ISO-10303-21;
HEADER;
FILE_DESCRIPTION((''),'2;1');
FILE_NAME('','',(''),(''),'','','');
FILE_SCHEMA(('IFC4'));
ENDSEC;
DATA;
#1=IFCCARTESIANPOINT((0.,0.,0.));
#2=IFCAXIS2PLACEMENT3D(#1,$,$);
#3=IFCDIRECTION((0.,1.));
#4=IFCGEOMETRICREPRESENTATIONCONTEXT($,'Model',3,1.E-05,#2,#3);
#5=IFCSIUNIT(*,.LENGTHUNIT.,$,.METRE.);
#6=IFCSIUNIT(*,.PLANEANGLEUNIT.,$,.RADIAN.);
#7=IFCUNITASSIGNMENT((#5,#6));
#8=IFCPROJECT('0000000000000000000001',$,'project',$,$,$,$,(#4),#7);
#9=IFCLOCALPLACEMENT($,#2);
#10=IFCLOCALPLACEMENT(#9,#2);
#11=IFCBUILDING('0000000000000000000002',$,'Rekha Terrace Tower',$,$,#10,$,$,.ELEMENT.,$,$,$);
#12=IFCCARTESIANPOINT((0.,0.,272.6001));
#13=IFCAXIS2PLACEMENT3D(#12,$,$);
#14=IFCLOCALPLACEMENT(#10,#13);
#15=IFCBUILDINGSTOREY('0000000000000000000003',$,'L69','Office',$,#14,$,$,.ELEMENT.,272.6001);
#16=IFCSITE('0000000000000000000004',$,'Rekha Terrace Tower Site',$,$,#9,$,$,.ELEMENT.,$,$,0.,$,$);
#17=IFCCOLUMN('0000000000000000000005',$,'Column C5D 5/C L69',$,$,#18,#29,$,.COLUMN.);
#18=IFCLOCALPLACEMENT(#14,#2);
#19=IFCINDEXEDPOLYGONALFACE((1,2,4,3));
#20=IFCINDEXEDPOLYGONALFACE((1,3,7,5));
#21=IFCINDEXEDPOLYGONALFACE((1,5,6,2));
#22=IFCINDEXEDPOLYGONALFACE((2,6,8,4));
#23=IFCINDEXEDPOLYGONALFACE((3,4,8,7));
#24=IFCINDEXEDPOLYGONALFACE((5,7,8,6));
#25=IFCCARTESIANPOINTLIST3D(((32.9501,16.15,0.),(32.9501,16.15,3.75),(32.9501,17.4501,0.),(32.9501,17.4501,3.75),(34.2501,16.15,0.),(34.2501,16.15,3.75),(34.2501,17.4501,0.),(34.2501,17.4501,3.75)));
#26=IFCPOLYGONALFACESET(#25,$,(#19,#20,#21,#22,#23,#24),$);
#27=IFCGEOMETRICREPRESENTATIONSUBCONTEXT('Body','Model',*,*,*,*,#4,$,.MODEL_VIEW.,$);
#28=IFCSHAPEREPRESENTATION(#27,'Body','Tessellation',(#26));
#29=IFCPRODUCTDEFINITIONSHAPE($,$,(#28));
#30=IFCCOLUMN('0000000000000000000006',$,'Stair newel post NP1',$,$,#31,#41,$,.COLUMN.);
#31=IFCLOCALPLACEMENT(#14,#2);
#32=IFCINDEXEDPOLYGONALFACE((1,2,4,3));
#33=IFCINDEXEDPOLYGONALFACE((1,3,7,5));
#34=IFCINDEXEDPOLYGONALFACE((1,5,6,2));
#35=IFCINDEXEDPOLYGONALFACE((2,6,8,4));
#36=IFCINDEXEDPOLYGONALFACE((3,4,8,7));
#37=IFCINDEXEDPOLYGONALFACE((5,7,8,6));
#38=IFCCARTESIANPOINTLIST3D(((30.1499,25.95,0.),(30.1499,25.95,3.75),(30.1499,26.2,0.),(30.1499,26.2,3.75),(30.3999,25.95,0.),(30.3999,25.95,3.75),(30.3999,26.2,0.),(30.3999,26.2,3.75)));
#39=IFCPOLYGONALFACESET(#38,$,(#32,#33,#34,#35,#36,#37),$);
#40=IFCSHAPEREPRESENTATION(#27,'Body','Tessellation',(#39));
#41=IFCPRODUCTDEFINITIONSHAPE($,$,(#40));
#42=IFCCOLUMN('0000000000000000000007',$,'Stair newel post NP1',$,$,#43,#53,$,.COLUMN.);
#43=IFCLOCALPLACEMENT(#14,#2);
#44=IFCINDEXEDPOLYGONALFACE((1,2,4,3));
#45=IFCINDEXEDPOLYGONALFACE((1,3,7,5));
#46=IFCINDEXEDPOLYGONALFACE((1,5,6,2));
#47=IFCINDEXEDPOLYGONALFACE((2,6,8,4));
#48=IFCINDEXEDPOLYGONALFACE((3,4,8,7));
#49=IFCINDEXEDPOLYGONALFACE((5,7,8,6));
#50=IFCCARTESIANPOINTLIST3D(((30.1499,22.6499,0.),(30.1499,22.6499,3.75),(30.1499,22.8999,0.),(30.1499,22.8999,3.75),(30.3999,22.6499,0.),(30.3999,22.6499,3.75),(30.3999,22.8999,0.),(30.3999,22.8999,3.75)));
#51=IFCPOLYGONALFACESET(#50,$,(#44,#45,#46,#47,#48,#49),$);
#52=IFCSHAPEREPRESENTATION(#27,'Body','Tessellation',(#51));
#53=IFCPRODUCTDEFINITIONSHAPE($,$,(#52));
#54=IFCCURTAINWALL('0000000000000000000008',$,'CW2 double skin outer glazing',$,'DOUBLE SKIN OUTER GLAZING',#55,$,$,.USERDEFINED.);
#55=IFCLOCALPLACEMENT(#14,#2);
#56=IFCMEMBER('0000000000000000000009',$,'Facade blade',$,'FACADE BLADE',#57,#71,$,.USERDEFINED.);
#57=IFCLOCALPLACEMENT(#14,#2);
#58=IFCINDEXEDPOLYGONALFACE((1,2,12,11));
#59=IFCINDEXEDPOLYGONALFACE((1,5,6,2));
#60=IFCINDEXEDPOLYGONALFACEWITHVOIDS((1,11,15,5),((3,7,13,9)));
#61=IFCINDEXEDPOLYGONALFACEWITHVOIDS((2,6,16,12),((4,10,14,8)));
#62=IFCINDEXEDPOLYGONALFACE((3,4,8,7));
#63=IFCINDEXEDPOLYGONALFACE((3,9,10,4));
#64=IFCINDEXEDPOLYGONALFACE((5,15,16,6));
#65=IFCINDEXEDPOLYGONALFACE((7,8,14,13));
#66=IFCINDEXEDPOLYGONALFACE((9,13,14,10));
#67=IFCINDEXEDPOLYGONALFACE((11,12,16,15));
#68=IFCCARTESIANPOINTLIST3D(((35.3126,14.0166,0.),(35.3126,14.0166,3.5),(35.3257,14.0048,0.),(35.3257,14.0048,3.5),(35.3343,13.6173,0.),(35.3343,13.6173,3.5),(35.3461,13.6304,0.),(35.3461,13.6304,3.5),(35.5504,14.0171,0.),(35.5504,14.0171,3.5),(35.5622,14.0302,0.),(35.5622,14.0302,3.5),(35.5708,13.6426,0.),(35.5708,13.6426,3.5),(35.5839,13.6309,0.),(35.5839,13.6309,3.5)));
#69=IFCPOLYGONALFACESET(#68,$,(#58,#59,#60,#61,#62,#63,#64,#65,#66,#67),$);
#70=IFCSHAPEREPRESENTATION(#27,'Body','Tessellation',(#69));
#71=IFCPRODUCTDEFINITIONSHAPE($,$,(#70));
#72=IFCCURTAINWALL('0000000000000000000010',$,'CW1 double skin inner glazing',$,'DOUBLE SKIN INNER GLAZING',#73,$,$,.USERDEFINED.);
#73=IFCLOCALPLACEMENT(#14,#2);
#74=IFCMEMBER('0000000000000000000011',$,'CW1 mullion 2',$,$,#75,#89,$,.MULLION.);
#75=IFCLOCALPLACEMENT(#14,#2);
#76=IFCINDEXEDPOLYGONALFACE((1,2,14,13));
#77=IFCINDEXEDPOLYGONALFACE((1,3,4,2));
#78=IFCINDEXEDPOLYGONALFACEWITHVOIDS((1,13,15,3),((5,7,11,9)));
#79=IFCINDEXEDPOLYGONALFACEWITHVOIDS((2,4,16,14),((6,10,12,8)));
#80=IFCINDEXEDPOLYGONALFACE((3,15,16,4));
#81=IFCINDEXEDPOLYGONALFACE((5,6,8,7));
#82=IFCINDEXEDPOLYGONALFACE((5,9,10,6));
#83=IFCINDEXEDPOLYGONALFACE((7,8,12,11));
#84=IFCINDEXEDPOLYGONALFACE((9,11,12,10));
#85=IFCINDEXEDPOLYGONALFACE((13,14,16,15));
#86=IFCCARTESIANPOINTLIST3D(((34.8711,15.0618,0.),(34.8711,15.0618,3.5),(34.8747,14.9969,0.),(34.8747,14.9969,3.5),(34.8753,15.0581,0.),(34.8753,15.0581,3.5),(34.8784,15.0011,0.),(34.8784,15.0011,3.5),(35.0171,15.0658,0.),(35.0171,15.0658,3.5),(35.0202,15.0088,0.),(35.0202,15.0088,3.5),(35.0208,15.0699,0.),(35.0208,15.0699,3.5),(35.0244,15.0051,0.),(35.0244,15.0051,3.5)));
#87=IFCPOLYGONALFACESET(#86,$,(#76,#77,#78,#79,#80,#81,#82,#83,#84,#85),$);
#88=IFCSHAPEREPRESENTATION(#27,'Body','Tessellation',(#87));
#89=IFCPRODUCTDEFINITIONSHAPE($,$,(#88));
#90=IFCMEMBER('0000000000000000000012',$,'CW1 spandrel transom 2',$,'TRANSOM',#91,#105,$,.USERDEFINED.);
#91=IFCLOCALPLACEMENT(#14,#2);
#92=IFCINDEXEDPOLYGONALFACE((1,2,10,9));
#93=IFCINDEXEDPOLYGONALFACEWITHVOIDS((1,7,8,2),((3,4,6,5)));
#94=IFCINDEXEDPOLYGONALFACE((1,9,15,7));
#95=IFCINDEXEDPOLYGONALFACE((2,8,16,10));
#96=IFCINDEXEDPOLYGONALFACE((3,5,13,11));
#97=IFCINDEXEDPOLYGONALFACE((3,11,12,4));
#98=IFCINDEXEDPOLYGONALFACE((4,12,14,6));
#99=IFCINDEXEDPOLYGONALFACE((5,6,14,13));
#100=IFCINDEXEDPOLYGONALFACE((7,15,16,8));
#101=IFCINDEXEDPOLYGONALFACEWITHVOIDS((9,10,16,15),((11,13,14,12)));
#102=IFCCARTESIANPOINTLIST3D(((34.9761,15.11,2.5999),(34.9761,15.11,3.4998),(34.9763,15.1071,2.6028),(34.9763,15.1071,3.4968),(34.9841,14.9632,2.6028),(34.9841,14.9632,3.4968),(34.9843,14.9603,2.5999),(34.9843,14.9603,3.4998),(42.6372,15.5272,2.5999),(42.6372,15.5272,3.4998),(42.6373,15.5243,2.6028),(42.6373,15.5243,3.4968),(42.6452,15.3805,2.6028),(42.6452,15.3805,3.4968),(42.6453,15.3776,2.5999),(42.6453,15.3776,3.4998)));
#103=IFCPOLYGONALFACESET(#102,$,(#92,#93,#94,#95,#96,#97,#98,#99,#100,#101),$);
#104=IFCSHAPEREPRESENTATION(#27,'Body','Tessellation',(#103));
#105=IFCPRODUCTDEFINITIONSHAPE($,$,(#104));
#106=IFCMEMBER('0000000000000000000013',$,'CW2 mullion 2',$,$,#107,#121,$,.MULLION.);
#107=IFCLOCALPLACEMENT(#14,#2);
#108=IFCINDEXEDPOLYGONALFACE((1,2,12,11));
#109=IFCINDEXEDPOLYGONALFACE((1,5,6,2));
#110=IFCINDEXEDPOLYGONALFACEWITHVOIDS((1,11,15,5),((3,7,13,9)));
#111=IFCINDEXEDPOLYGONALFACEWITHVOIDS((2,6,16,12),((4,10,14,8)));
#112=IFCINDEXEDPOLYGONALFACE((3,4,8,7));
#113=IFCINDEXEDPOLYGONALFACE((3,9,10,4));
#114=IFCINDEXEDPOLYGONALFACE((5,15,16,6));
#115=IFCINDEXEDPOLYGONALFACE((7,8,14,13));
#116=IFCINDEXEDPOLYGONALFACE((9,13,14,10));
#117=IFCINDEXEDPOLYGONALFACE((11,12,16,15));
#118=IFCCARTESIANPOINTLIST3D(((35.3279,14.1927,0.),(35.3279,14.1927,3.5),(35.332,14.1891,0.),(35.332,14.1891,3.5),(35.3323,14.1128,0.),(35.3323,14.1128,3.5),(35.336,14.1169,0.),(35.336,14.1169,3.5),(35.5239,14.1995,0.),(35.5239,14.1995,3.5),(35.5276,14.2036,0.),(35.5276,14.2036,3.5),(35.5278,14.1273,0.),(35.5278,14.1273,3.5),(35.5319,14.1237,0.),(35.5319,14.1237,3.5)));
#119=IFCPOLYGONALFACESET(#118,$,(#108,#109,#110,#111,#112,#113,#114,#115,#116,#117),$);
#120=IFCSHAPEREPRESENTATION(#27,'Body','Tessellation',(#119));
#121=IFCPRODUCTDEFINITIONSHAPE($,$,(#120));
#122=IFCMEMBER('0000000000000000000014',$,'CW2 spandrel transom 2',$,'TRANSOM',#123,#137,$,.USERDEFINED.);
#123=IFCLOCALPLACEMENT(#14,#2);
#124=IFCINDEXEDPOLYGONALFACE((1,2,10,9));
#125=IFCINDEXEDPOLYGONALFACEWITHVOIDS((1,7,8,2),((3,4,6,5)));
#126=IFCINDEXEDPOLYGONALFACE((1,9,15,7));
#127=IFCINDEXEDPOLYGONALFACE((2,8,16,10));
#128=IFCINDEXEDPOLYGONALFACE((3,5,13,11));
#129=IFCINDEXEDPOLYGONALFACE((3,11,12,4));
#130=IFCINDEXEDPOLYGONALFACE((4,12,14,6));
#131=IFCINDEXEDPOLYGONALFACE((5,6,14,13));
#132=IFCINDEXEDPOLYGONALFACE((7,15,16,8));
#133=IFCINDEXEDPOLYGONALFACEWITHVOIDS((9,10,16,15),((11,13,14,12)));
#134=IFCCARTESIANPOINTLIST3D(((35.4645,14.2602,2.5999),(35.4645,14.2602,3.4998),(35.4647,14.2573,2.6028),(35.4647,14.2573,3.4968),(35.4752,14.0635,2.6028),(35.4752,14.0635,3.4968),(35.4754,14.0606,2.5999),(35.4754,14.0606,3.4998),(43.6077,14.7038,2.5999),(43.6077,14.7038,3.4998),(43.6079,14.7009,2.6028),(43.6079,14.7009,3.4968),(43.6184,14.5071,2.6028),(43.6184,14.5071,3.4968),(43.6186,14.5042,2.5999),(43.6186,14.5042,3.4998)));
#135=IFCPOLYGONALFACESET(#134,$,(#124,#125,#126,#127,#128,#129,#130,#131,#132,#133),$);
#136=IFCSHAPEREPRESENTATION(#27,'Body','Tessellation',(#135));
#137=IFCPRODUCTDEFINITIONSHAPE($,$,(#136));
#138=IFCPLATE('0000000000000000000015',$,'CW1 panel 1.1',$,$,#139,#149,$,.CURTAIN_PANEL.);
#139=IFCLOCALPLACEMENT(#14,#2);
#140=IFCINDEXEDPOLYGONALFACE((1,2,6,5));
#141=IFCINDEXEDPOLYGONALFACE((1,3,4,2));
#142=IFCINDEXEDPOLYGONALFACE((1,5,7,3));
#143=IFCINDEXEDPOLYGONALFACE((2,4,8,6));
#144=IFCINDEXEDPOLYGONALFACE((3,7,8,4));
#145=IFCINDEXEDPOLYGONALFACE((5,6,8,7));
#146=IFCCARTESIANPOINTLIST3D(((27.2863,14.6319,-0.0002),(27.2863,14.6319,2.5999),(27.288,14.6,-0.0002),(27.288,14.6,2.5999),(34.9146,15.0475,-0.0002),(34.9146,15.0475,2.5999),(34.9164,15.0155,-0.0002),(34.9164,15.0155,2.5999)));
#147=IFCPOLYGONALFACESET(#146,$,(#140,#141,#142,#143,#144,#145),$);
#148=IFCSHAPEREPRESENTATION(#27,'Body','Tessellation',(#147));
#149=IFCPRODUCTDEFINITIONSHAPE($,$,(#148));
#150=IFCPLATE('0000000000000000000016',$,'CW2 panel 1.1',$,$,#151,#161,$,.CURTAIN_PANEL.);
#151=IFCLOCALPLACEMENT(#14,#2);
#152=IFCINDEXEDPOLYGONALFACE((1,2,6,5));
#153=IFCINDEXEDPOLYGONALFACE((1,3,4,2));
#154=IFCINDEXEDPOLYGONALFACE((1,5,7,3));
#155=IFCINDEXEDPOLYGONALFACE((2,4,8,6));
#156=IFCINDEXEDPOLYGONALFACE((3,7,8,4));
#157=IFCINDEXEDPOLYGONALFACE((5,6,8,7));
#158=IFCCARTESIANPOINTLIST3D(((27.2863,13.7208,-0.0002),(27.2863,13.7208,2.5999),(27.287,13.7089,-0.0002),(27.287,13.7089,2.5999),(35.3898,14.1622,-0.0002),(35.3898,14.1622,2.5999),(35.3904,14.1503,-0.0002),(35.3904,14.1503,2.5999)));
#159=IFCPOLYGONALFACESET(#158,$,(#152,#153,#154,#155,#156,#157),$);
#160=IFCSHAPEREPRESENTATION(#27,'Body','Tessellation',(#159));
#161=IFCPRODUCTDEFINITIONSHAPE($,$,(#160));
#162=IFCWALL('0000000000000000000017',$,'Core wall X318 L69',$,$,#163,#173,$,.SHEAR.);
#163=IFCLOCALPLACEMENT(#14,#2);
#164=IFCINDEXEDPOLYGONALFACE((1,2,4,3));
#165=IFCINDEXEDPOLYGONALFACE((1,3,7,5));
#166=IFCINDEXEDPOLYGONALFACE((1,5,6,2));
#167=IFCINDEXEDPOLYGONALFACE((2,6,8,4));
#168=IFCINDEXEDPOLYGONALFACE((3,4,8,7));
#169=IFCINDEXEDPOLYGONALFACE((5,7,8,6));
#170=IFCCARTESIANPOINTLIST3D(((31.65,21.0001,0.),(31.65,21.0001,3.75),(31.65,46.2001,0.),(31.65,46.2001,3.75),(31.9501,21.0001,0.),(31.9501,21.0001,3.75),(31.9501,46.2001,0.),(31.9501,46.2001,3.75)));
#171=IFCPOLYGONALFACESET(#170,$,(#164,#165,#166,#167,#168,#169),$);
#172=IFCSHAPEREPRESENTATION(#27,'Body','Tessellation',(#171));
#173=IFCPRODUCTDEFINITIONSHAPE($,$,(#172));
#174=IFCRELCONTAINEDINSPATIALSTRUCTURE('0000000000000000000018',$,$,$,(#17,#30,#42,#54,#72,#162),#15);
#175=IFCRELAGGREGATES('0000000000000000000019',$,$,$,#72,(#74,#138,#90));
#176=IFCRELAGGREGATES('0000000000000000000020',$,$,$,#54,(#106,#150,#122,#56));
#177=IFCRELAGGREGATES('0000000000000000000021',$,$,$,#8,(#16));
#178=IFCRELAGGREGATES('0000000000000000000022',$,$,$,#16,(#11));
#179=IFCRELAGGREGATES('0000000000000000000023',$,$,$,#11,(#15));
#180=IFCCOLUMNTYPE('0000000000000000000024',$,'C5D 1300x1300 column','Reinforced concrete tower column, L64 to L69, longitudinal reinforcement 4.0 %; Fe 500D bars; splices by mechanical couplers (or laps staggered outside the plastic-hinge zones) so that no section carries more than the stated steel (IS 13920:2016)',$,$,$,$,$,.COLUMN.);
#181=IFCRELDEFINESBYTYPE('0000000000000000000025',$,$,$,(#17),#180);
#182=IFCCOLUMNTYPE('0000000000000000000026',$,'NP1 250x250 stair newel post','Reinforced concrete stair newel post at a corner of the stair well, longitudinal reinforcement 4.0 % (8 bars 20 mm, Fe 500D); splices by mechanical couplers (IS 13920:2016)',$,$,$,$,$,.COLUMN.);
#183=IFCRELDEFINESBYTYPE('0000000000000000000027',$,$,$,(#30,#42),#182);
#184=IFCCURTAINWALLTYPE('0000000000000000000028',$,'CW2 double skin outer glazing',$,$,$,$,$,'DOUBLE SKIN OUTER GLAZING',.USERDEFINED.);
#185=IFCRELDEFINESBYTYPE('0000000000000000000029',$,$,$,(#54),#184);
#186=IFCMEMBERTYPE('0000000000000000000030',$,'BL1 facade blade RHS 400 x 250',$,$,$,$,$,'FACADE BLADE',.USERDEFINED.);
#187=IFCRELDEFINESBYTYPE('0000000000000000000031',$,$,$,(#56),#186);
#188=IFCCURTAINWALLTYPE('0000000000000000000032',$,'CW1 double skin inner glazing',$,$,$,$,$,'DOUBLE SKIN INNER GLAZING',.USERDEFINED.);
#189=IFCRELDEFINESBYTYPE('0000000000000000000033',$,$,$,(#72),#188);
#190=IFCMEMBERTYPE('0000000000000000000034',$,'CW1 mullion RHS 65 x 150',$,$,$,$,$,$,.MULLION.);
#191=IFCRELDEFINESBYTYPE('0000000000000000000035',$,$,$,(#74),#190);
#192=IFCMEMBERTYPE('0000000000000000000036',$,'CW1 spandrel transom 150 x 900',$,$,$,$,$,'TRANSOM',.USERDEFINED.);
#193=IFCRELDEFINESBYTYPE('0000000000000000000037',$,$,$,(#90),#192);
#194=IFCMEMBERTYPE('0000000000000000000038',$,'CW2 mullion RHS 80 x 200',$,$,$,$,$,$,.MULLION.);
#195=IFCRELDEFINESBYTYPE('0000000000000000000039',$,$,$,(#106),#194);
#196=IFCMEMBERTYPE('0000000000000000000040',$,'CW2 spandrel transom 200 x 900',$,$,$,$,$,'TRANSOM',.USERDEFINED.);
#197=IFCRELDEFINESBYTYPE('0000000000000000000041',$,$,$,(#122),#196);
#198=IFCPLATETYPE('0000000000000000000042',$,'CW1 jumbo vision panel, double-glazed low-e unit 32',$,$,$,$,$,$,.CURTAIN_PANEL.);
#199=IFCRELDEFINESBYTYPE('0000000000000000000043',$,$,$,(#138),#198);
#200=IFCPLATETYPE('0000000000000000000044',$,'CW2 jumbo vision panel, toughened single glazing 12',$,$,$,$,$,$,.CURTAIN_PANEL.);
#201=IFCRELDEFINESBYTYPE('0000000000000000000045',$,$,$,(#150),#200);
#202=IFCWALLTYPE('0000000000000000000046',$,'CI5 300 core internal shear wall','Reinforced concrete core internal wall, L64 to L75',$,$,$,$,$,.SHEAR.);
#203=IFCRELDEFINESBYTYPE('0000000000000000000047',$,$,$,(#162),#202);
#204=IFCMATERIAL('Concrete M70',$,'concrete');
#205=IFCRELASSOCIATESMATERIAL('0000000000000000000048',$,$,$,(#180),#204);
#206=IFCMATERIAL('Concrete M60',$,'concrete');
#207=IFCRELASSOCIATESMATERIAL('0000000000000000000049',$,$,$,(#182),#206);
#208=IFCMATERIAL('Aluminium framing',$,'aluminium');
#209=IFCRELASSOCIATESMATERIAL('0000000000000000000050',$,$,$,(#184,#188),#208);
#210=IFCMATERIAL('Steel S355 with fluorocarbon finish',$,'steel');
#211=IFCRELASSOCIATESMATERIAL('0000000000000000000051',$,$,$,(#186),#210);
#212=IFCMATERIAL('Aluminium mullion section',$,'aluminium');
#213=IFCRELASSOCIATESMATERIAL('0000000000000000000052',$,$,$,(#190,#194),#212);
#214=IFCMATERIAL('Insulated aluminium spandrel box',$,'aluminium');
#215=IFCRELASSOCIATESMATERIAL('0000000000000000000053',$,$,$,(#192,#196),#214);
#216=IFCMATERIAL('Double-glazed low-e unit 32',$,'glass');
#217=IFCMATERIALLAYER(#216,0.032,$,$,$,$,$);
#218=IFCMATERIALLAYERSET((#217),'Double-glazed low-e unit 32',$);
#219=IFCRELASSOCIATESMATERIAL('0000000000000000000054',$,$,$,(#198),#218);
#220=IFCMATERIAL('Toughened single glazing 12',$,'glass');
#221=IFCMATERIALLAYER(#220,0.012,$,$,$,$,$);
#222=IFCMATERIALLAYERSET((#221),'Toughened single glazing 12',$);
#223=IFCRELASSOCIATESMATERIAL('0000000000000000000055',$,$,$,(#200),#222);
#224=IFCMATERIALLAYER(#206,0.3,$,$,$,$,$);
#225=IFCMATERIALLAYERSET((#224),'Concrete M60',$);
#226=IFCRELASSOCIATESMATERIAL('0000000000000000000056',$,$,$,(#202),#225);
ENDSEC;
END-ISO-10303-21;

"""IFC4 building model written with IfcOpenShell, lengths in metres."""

from ifc_helpers import new_model, si_unit, direction, frame, frame_2d, origin, origin_2d, place, context, subcontext, project, spatial, rectangle, hollow_rectangle, extrude, material, layer, layer_set, material_profile, profile_set, type_object, element, aggregate, save


model = new_model("IFC4")

# Units and contexts
model_context = context("Model", 3, precision=1e-05, world=origin(), true_north=direction((0.0, 1.0)))
body_context = subcontext(model_context, "Body", "Model", "MODEL_VIEW")
ifc_project = project(units=[si_unit("LENGTHUNIT", "METRE"), si_unit("PLANEANGLEUNIT", "RADIAN")], contexts=[model_context])

# Site, building, storey
site_placement = place(None, origin())
site = spatial("IfcSite", under=ifc_project, at=site_placement, Name="Rekha Terrace Tower Site", CompositionType="ELEMENT", RefElevation=0.0)
building_placement = place(site_placement, origin())
building = spatial("IfcBuilding", under=site, at=building_placement, Name="Rekha Terrace Tower", CompositionType="ELEMENT")
storey_placement = place(building_placement, frame((0.0, 0.0, 272.6001)))
storey = spatial("IfcBuildingStorey", under=building, at=storey_placement, Name="L69", Description="Office", CompositionType="ELEMENT", Elevation=272.6001)

# Columns
ifc_material_1 = material(Name="Concrete M70", Category="concrete")
ifc_material_profile_1 = material_profile(ifc_material_1, rectangle(XDim=1.3, YDim=1.3, at=origin_2d()), Name="RC 1300x1300")
ifc_profile_set_1 = profile_set([ifc_material_profile_1], Name="Concrete M70")
column_type_1 = type_object("IfcColumnType", Name="C5D 1300x1300 column", Description="Reinforced concrete tower column, L64 to L69, longitudinal reinforcement 4.0 %; Fe 500D bars; splices by mechanical couplers (or laps staggered outside the plastic-hinge zones) so that no section carries more than the stated steel (IS 13920:2016)", PredefinedType="COLUMN", material=ifc_profile_set_1)
column_placement = place(storey_placement, frame((33.6001, 16.8, 0.0), z_axis=(0.0, 0.0, 1.0), x_axis=(1.0, 0.0, 0.0)))
element("IfcColumn", 1, at=column_placement, inside=storey, type_object=column_type_1, Name="Column C5D 5/C L69", PredefinedType="COLUMN", context=body_context, shape_type="SweptSolid", body=[
    extrude(rectangle(XDim=1.3, YDim=1.3, at=origin_2d()), origin(), (0.0, 0.0, 1.0), 3.75),
])
ifc_material_2 = material(Name="Concrete M60", Category="concrete")
ifc_material_profile_2 = material_profile(ifc_material_2, rectangle(XDim=0.25, YDim=0.25, at=origin_2d()), Name="RC 250x250")
ifc_profile_set_2 = profile_set([ifc_material_profile_2], Name="Concrete M60")
column_type_2 = type_object("IfcColumnType", Name="NP1 250x250 stair newel post", Description="Reinforced concrete stair newel post at a corner of the stair well, longitudinal reinforcement 4.0 % (8 bars 20 mm, Fe 500D); splices by mechanical couplers (IS 13920:2016)", PredefinedType="COLUMN", material=ifc_profile_set_2)
for number, where, z_axis, x_axis, name in (
    (2, (30.2749, 26.075, 0.0), (0.0, 0.0, 1.0), (1.0, 0.0, 0.0), "Stair newel post NP1"),
    (3, (30.2749, 22.7749, 0.0), (0.0, 0.0, 1.0), (1.0, 0.0, 0.0), "Stair newel post NP1"),
):
    element("IfcColumn", number, at=place(storey_placement, frame(where, z_axis=z_axis, x_axis=x_axis)), inside=storey, type_object=column_type_2, Name=name, PredefinedType="COLUMN", context=body_context, shape_type="SweptSolid", body=[
        extrude(rectangle(XDim=0.25, YDim=0.25, at=origin_2d()), origin(), (0.0, 0.0, 1.0), 3.75),
    ])

# Curtain wall, member
ifc_material_3 = material(Name="Aluminium framing", Category="aluminium")
curtain_wall_type_1 = type_object("IfcCurtainWallType", Name="CW2 double skin outer glazing", ElementType="DOUBLE SKIN OUTER GLAZING", PredefinedType="USERDEFINED", material=ifc_material_3)
curtain_wall_1_placement = place(storey_placement, origin())
curtain_wall_1 = element("IfcCurtainWall", 4, at=curtain_wall_1_placement, inside=storey, type_object=curtain_wall_type_1, Name="CW2 double skin outer glazing", ObjectType="DOUBLE SKIN OUTER GLAZING", PredefinedType="USERDEFINED")
ifc_material_4 = material(Name="Steel S355 with fluorocarbon finish", Category="steel")
ifc_material_profile_3 = material_profile(ifc_material_4, hollow_rectangle(XDim=0.25, YDim=0.3999, WallThickness=0.0125, at=origin_2d()), Name="RHS400x250x12.5")
ifc_profile_set_3 = profile_set([ifc_material_profile_3], Name="Steel S355 with fluorocarbon finish")
member_type_1 = type_object("IfcMemberType", Name="BL1 facade blade RHS 400 x 250", ElementType="FACADE BLADE", PredefinedType="USERDEFINED", material=ifc_profile_set_3)
member_1_placement = place(storey_placement, frame((35.4482, 13.8237, 0.0), z_axis=(0.0, 0.0, 1.0), x_axis=(0.99852, 0.054389, 0.0)))
member_1 = element("IfcMember", 5, at=member_1_placement, type_object=member_type_1, Name="Facade blade", ObjectType="FACADE BLADE", PredefinedType="USERDEFINED", context=body_context, shape_type="SweptSolid", body=[
    extrude(hollow_rectangle(XDim=0.25, YDim=0.3999, WallThickness=0.0125, at=origin_2d()), origin(), (0.0, 0.0, 1.0), 3.5),
])

# Curtain wall, members
curtain_wall_type_2 = type_object("IfcCurtainWallType", Name="CW1 double skin inner glazing", ElementType="DOUBLE SKIN INNER GLAZING", PredefinedType="USERDEFINED", material=ifc_material_3)
curtain_wall_2_placement = place(storey_placement, origin())
curtain_wall_2 = element("IfcCurtainWall", 6, at=curtain_wall_2_placement, inside=storey, type_object=curtain_wall_type_2, Name="CW1 double skin inner glazing", ObjectType="DOUBLE SKIN INNER GLAZING", PredefinedType="USERDEFINED")
ifc_material_5 = material(Name="Aluminium mullion section", Category="aluminium")
ifc_material_profile_4 = material_profile(ifc_material_5, hollow_rectangle(XDim=0.0649, YDim=0.1499, WallThickness=0.0039, at=origin_2d()), Name="AL RHS 65x150")
ifc_profile_set_4 = profile_set([ifc_material_profile_4], Name="Aluminium mullion section")
member_type_2 = type_object("IfcMemberType", Name="CW1 mullion RHS 65 x 150", PredefinedType="MULLION", material=ifc_profile_set_4)
member_2_placement = place(storey_placement, frame((34.9478, 15.0334, 0.0), z_axis=(0.0, 0.0, 1.0), x_axis=(-0.054389, 0.99852, 0.0)))
member_2 = element("IfcMember", 7, at=member_2_placement, type_object=member_type_2, Name="CW1 mullion 2", PredefinedType="MULLION", context=body_context, shape_type="SweptSolid", body=[
    extrude(hollow_rectangle(XDim=0.0649, YDim=0.1499, WallThickness=0.0039, at=origin_2d()), origin(), (0.0, 0.0, 1.0), 3.5),
])
ifc_material_6 = material(Name="Insulated aluminium spandrel box", Category="aluminium")
ifc_material_profile_5 = material_profile(ifc_material_6, hollow_rectangle(XDim=0.1499, YDim=0.8999, WallThickness=0.0029, at=origin_2d()), Name="AL SPANDREL BOX 150x900")
ifc_profile_set_5 = profile_set([ifc_material_profile_5], Name="Insulated aluminium spandrel box")
member_type_3 = type_object("IfcMemberType", Name="CW1 spandrel transom 150 x 900", ElementType="TRANSOM", PredefinedType="USERDEFINED", material=ifc_profile_set_5)
member_3_placement = place(storey_placement, frame((34.9802, 15.0352, 3.0498), z_axis=(0.99852, 0.054383, 0.0), x_axis=(-0.054383, 0.99852, 0.0)))
member_3 = element("IfcMember", 8, at=member_3_placement, type_object=member_type_3, Name="CW1 spandrel transom 2", ObjectType="TRANSOM", PredefinedType="USERDEFINED", context=body_context, shape_type="SweptSolid", body=[
    extrude(hollow_rectangle(XDim=0.1499, YDim=0.8999, WallThickness=0.0029, at=origin_2d()), origin(), (0.0, 0.0, 1.0), 7.6724),
])

# Members
ifc_material_profile_6 = material_profile(ifc_material_5, hollow_rectangle(XDim=0.0801, YDim=0.2, WallThickness=0.0039, at=origin_2d()), Name="AL RHS 80x200")
ifc_profile_set_6 = profile_set([ifc_material_profile_6], Name="Aluminium mullion section")
member_type_4 = type_object("IfcMemberType", Name="CW2 mullion RHS 80 x 200", PredefinedType="MULLION", material=ifc_profile_set_6)
member_4_placement = place(storey_placement, frame((35.4299, 14.1582, 0.0), z_axis=(0.0, 0.0, 1.0), x_axis=(-0.054389, 0.99852, 0.0)))
member_4 = element("IfcMember", 9, at=member_4_placement, type_object=member_type_4, Name="CW2 mullion 2", PredefinedType="MULLION", context=body_context, shape_type="SweptSolid", body=[
    extrude(hollow_rectangle(XDim=0.0801, YDim=0.2, WallThickness=0.0039, at=origin_2d()), origin(), (0.0, 0.0, 1.0), 3.5),
])
ifc_material_profile_7 = material_profile(ifc_material_6, hollow_rectangle(XDim=0.2, YDim=0.8999, WallThickness=0.0029, at=origin_2d()), Name="AL SPANDREL BOX 200x900")
ifc_profile_set_7 = profile_set([ifc_material_profile_7], Name="Insulated aluminium spandrel box")
member_type_5 = type_object("IfcMemberType", Name="CW2 spandrel transom 200 x 900", ElementType="TRANSOM", PredefinedType="USERDEFINED", material=ifc_profile_set_7)
member_5_placement = place(storey_placement, frame((35.47, 14.1604, 3.0498), z_axis=(0.99852, 0.054394, 0.0), x_axis=(-0.054394, 0.99852, 0.0)))
member_5 = element("IfcMember", 10, at=member_5_placement, type_object=member_type_5, Name="CW2 spandrel transom 2", ObjectType="TRANSOM", PredefinedType="USERDEFINED", context=body_context, shape_type="SweptSolid", body=[
    extrude(hollow_rectangle(XDim=0.2, YDim=0.8999, WallThickness=0.0029, at=origin_2d()), origin(), (0.0, 0.0, 1.0), 8.1553),
])

# Plates
ifc_material_7 = material(Name="Double-glazed low-e unit 32", Category="glass")
ifc_layer_1 = layer(ifc_material_7, 0.032)
ifc_layer_set_1 = layer_set([ifc_layer_1], Name="Double-glazed low-e unit 32")
plate_type_1 = type_object("IfcPlateType", Name="CW1 jumbo vision panel, double-glazed low-e unit 32", PredefinedType="CURTAIN_PANEL", material=ifc_layer_set_1)
plate_1_placement = place(storey_placement, frame((31.1013, 14.8237, -0.0002), z_axis=(0.0, 0.0, 1.0), x_axis=(0.99852, 0.054389, 0.0)))
plate_1 = element("IfcPlate", 11, at=plate_1_placement, type_object=plate_type_1, Name="CW1 panel 1.1", PredefinedType="CURTAIN_PANEL", context=body_context, shape_type="SweptSolid", body=[
    extrude(rectangle(XDim=7.6396, YDim=0.032, at=origin_2d()), origin(), (0.0, 0.0, 1.0), 2.6001),
])
aggregate(curtain_wall_2, [member_2, plate_1, member_3])
ifc_material_8 = material(Name="Toughened single glazing 12", Category="glass")
ifc_layer_2 = layer(ifc_material_8, 0.012)
ifc_layer_set_2 = layer_set([ifc_layer_2], Name="Toughened single glazing 12")
plate_type_2 = type_object("IfcPlateType", Name="CW2 jumbo vision panel, toughened single glazing 12", PredefinedType="CURTAIN_PANEL", material=ifc_layer_set_2)
plate_2_placement = place(storey_placement, frame((31.3384, 13.9355, -0.0002), z_axis=(0.0, 0.0, 1.0), x_axis=(0.99852, 0.054389, 0.0)))
plate_2 = element("IfcPlate", 12, at=plate_2_placement, type_object=plate_type_2, Name="CW2 panel 1.1", PredefinedType="CURTAIN_PANEL", context=body_context, shape_type="SweptSolid", body=[
    extrude(rectangle(XDim=8.1155, YDim=0.012, at=origin_2d()), origin(), (0.0, 0.0, 1.0), 2.6001),
])
aggregate(curtain_wall_1, [member_4, plate_2, member_5, member_1])

# Wall
ifc_layer_3 = layer(ifc_material_2, 0.3)
ifc_layer_set_3 = layer_set([ifc_layer_3], Name="Concrete M60")
wall_type_1 = type_object("IfcWallType", Name="CI5 300 core internal shear wall", Description="Reinforced concrete core internal wall, L64 to L75", PredefinedType="SHEAR", material=ifc_layer_set_3)
wall_1_placement = place(storey_placement, frame((31.8, 21.0, 0.0), z_axis=(0.0, 0.0, 1.0), x_axis=(0.0, 1.0, 0.0)))
element("IfcWall", 13, at=wall_1_placement, inside=storey, type_object=wall_type_1, Name="Core wall X318 L69", PredefinedType="SHEAR", context=body_context, shape_type="SweptSolid", body=[
    extrude(rectangle(XDim=25.2, YDim=0.3, at=frame_2d((12.6001, 0.0))), origin(), (0.0, 0.0, 1.0), 3.75),
])

save(model, "model.ifc")
